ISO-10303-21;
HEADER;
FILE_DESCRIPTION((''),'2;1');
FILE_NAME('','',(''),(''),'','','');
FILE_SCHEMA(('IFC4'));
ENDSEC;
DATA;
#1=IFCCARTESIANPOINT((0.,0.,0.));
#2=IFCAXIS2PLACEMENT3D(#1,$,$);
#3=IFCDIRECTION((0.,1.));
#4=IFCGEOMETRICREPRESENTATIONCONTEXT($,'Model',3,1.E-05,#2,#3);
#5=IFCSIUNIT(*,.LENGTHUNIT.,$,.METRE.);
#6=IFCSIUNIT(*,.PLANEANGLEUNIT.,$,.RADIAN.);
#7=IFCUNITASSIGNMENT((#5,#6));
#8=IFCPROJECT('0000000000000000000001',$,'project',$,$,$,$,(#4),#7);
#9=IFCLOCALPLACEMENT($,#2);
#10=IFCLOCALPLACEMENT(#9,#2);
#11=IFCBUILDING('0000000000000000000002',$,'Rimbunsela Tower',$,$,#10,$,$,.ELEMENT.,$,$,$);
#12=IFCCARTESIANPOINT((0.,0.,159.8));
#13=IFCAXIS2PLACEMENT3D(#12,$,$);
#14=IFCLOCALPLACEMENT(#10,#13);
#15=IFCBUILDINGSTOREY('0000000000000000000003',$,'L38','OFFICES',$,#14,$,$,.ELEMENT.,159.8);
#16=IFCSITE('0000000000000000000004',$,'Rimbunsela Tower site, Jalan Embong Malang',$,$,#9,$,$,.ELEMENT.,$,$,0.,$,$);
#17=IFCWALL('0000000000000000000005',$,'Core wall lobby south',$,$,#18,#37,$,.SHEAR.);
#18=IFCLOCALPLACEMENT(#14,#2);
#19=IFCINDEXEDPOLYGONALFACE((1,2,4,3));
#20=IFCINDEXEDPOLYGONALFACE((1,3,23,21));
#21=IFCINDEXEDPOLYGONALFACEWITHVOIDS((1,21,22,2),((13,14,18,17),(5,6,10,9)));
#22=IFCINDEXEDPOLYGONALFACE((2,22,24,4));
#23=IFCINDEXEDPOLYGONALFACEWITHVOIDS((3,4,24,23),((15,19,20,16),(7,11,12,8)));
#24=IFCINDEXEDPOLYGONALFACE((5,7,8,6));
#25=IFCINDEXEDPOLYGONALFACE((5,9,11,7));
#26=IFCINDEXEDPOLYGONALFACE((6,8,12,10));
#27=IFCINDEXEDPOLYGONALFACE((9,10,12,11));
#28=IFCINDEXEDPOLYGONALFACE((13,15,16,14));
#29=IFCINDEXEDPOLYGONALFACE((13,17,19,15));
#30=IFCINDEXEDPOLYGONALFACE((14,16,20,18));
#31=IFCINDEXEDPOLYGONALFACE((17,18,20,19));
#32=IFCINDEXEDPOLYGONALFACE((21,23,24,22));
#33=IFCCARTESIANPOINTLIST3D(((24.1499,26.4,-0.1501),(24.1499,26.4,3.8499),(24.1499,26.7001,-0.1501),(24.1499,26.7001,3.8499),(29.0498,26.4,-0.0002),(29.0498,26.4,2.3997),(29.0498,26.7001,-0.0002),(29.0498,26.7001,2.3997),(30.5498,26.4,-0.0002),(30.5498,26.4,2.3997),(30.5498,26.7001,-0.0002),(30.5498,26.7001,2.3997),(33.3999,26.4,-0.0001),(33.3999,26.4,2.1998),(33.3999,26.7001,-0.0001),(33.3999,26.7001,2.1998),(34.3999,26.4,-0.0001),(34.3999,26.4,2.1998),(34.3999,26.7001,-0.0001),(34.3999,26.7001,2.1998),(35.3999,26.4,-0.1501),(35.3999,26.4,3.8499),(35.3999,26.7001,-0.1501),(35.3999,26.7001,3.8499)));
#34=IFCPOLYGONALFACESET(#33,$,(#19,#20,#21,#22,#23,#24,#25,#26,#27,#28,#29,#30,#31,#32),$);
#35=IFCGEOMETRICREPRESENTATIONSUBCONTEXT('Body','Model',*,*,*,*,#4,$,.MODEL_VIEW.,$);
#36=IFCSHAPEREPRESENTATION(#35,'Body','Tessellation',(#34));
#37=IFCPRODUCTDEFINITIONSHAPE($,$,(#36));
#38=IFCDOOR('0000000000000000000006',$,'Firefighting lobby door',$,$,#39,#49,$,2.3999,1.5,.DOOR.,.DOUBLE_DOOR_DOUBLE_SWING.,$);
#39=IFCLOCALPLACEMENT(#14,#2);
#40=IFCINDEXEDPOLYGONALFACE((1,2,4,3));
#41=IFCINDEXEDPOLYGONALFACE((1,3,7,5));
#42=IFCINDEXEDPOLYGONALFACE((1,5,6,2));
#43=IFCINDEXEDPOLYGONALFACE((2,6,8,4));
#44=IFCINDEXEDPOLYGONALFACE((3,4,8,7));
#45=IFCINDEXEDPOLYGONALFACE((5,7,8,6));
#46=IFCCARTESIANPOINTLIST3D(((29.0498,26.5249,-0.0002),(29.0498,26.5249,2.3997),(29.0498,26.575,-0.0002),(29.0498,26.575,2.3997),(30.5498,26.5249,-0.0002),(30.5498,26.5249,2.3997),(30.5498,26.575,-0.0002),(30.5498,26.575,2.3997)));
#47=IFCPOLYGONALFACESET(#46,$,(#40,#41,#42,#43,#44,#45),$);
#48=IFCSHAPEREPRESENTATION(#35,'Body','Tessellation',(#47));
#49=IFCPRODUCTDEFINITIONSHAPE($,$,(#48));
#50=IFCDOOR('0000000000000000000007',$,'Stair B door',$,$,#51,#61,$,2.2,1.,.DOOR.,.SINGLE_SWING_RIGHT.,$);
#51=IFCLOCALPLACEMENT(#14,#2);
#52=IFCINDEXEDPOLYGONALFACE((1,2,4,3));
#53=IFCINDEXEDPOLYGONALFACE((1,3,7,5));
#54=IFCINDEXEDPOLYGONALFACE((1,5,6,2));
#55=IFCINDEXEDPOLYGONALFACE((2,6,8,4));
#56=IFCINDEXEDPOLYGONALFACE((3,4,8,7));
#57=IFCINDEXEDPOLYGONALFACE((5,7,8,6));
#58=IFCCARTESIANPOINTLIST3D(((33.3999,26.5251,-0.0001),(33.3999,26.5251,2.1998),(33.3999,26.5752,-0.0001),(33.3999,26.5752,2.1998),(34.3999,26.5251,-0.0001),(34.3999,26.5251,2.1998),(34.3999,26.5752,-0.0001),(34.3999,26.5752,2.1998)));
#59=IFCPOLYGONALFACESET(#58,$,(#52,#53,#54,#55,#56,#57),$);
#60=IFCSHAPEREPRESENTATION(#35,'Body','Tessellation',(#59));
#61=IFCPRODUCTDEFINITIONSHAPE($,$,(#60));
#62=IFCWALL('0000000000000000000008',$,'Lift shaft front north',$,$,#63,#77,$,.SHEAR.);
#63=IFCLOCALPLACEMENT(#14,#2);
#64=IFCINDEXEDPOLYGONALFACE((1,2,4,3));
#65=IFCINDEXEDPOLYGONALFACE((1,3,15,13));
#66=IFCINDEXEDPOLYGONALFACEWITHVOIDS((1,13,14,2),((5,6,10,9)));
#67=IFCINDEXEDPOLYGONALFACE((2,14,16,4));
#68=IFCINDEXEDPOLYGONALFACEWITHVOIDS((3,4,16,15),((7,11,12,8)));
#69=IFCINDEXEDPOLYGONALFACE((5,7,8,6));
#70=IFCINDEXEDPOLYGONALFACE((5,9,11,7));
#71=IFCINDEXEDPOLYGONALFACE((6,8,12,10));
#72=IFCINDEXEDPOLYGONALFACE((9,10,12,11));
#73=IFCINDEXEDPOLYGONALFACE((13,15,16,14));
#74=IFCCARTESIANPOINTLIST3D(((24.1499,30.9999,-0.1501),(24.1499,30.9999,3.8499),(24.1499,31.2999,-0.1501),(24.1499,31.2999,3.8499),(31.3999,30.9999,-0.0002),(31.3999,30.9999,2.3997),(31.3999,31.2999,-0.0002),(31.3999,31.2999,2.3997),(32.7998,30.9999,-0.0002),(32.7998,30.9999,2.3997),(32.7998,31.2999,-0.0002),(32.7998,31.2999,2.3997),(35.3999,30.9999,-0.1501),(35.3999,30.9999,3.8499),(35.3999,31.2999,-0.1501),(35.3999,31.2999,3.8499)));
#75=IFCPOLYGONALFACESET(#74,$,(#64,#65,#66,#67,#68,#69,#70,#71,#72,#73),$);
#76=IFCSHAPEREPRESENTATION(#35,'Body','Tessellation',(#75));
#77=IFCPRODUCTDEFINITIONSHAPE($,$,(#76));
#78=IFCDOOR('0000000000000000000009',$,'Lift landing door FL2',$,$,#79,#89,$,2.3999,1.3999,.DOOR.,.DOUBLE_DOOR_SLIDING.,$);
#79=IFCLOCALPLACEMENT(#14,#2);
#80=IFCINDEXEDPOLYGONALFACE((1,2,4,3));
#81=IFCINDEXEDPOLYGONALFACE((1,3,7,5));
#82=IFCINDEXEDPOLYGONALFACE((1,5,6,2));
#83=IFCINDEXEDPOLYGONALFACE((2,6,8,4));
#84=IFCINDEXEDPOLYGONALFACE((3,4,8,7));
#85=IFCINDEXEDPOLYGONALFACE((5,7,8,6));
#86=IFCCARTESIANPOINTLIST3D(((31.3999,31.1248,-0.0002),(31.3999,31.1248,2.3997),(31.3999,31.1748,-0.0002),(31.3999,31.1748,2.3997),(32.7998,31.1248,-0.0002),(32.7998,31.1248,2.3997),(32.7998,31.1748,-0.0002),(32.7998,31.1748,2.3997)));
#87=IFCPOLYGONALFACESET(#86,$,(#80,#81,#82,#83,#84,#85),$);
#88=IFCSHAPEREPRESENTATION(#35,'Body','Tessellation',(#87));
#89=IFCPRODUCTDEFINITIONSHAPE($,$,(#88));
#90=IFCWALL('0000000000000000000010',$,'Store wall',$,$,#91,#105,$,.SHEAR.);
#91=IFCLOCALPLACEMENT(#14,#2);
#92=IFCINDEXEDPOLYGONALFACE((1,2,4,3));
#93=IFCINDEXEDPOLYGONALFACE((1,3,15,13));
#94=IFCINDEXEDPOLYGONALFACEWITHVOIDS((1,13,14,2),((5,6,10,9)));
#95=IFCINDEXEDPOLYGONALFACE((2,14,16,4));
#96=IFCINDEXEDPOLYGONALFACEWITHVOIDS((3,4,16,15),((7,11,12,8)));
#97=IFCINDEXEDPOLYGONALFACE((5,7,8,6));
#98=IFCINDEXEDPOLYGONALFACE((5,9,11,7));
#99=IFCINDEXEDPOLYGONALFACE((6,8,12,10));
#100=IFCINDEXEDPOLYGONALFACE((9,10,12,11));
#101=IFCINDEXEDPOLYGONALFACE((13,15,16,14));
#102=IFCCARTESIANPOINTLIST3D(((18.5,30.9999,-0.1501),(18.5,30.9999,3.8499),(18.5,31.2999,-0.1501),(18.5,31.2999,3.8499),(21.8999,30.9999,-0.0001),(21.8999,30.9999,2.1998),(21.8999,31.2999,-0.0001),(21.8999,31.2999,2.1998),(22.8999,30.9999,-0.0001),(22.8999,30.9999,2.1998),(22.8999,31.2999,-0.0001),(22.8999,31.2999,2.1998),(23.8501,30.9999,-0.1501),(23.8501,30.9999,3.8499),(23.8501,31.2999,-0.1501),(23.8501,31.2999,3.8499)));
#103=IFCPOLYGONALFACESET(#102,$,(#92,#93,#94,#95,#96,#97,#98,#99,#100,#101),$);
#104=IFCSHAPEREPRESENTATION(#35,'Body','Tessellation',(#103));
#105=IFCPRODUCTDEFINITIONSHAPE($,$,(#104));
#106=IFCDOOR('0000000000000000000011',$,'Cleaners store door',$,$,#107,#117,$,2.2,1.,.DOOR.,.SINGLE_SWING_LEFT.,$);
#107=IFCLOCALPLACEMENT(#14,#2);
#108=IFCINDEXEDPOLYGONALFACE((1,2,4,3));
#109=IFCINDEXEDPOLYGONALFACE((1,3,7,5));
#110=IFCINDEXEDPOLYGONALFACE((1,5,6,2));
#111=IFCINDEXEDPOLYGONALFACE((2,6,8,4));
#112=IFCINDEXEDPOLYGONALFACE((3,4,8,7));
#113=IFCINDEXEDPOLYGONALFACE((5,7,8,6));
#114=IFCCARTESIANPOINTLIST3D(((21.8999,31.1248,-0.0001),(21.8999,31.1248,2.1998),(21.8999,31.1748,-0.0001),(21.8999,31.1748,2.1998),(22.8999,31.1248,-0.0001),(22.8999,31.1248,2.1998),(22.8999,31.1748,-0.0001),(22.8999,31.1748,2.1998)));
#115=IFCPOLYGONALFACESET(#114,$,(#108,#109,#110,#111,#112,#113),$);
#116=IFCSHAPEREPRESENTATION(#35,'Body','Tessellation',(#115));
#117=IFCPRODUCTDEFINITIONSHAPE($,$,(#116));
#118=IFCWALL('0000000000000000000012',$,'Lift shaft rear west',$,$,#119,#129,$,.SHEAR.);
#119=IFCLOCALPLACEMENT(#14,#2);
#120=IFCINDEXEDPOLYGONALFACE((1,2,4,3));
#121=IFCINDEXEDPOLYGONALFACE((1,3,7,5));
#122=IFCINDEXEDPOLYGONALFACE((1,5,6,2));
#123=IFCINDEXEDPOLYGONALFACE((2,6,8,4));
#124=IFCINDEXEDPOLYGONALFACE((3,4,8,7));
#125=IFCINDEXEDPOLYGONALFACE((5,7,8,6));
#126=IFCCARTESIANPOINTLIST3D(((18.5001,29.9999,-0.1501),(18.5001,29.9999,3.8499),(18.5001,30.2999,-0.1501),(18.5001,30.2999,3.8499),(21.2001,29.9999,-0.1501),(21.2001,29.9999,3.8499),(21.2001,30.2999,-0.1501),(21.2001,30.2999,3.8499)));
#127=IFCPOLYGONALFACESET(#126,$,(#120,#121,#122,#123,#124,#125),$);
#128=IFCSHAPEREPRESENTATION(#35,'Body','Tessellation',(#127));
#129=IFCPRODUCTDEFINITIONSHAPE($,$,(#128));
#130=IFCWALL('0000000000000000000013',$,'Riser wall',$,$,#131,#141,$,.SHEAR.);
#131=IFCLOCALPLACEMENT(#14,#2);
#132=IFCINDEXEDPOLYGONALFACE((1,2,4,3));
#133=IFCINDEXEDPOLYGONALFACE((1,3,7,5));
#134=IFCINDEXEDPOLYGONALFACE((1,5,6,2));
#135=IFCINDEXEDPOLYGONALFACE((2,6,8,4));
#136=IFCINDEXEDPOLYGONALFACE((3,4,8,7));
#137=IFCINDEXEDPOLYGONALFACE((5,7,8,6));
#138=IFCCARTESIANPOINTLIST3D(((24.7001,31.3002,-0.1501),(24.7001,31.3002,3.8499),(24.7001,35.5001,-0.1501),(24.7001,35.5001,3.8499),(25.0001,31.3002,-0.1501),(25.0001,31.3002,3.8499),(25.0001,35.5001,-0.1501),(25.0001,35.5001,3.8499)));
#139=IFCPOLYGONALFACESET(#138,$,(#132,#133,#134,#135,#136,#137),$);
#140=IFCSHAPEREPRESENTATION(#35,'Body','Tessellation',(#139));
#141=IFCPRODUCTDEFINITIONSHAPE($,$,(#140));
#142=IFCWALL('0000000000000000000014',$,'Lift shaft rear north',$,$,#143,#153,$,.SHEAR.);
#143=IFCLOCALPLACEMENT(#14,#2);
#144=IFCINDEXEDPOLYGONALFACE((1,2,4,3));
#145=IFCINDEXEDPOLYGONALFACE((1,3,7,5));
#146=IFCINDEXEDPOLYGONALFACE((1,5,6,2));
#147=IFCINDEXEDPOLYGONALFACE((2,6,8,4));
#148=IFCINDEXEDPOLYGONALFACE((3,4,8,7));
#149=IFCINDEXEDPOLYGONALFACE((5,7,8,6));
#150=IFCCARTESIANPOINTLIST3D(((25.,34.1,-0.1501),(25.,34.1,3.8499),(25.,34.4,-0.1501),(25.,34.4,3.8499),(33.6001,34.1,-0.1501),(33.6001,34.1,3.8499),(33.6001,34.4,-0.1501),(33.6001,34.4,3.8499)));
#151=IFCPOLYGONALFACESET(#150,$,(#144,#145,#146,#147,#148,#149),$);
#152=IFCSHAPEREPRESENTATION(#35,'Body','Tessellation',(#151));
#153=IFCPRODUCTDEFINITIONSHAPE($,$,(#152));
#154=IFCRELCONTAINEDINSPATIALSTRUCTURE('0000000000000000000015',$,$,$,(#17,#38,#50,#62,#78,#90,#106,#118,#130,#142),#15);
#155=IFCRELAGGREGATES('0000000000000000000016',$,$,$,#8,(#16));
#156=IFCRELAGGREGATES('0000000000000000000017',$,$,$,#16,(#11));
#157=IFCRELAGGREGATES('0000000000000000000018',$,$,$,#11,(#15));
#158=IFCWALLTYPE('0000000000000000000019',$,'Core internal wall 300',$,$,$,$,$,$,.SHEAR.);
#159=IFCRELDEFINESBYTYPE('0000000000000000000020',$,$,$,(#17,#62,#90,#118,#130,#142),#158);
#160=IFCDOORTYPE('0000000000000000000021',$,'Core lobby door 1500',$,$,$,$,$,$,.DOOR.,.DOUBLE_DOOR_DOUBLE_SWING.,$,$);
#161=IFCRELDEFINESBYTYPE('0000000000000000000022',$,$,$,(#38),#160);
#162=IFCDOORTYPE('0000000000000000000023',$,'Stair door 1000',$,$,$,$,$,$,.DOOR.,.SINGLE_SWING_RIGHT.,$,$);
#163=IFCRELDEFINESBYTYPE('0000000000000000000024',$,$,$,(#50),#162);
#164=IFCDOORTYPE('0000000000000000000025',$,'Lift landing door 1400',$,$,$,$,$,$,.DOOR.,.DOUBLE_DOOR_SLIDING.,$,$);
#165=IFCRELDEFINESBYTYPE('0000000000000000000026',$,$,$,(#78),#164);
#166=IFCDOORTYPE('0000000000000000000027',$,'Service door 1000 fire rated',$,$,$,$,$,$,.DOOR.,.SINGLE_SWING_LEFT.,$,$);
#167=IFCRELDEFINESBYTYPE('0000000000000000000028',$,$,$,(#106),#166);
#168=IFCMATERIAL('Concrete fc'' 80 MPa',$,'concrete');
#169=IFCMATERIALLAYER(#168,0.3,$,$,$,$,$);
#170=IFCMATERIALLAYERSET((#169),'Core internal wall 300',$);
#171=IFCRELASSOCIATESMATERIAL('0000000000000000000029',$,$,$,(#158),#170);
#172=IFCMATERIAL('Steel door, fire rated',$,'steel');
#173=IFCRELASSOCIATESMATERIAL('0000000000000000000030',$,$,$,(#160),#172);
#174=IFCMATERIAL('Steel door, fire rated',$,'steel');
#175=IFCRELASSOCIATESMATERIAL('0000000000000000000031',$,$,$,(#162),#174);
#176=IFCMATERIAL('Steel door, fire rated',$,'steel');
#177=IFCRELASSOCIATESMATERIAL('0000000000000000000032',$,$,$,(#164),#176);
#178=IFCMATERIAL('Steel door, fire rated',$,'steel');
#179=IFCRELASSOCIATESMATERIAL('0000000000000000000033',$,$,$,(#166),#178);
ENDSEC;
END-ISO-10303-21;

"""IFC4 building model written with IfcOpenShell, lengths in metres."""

from ifc_helpers import new_model, si_unit, direction, frame, frame_2d, origin, place, context, subcontext, project, spatial, rectangle, extrude, material, layer, layer_set, type_object, element, fill, save


model = new_model("IFC4")

# Units and contexts
model_context = context("Model", 3, precision=1e-05, world=origin(), true_north=direction((0.0, 1.0)))
body_context = subcontext(model_context, "Body", "Model", "MODEL_VIEW")
ifc_project = project(units=[si_unit("LENGTHUNIT", "METRE"), si_unit("PLANEANGLEUNIT", "RADIAN")], contexts=[model_context])

# Site, building, storey
site_placement = place(None, origin())
site = spatial("IfcSite", under=ifc_project, at=site_placement, Name="Rimbunsela Tower site, Jalan Embong Malang", CompositionType="ELEMENT", RefElevation=0.0)
building_placement = place(site_placement, origin())
building = spatial("IfcBuilding", under=site, at=building_placement, Name="Rimbunsela Tower", CompositionType="ELEMENT")
storey_placement = place(building_placement, frame((0.0, 0.0, 159.8)))
storey = spatial("IfcBuildingStorey", under=building, at=storey_placement, Name="L38", Description="OFFICES", CompositionType="ELEMENT", Elevation=159.8)

# Wall, openings, doors
ifc_material_1 = material(Name="Concrete fc' 80 MPa", Category="concrete")
ifc_layer_1 = layer(ifc_material_1, 0.3)
ifc_layer_set_1 = layer_set([ifc_layer_1], Name="Core internal wall 300")
wall_type_1 = type_object("IfcWallType", Name="Core internal wall 300", PredefinedType="SHEAR", material=ifc_layer_set_1)
wall_1_placement = place(storey_placement, frame((24.1499, 26.55, -0.1501), z_axis=(0.0, 0.0, 1.0), x_axis=(1.0, 0.0, 0.0)))
wall_1 = element("IfcWall", 1, at=wall_1_placement, inside=storey, type_object=wall_type_1, Name="Core wall lobby south", PredefinedType="SHEAR", context=body_context, shape_type="SweptSolid", body=[
    extrude(rectangle(XDim=11.25, YDim=0.3, at=frame_2d((5.625, 0.0))), origin(), (0.0, 0.0, 1.0), 4.0),
])
opening_1_placement = place(wall_1_placement, frame((9.25, 0.0, 0.1499)))
opening_1 = element("IfcOpeningElement", 2, at=opening_1_placement, cuts=wall_1, PredefinedType="OPENING", context=body_context, shape_type="SweptSolid", body=[
    extrude(rectangle(XDim=1.0, YDim=2.2, at=frame_2d((0.5, 1.1001))), frame((0.0, 0.1599, 0.0), z_axis=(0.0, -1.0, 0.0), x_axis=(1.0, 0.0, 0.0)), (0.0, 0.0, 1.0), 0.3201),
])
opening_2_placement = place(wall_1_placement, frame((4.8999, 0.0, 0.1499)))
opening_2 = element("IfcOpeningElement", 3, at=opening_2_placement, cuts=wall_1, PredefinedType="OPENING", context=body_context, shape_type="SweptSolid", body=[
    extrude(rectangle(XDim=1.5, YDim=2.3999, at=frame_2d((0.75, 1.2))), frame((0.0, 0.1599, 0.0), z_axis=(0.0, -1.0, 0.0), x_axis=(1.0, 0.0, 0.0)), (0.0, 0.0, 1.0), 0.3201),
])
ifc_material_2 = material(Name="Steel door, fire rated", Category="steel")
door_type_1 = type_object("IfcDoorType", Name="Core lobby door 1500", OperationType="DOUBLE_DOOR_DOUBLE_SWING", PredefinedType="DOOR", material=ifc_material_2)
door_1_placement = place(opening_2_placement, origin())
door_1 = element("IfcDoor", 4, at=door_1_placement, inside=storey, type_object=door_type_1, Name="Firefighting lobby door", OperationType="DOUBLE_DOOR_DOUBLE_SWING", OverallHeight=2.3999, OverallWidth=1.5, PredefinedType="DOOR", context=body_context, shape_type="SweptSolid", body=[
    extrude(rectangle(XDim=1.5, YDim=2.3999, at=frame_2d((0.75, 1.2))), frame((0.0, 0.0249, 0.0), z_axis=(0.0, -1.0, 0.0), x_axis=(1.0, 0.0, 0.0)), (0.0, 0.0, 1.0), 0.05),
])
fill(opening_2, door_1)
ifc_material_3 = material(Name="Steel door, fire rated", Category="steel")
door_type_2 = type_object("IfcDoorType", Name="Stair door 1000", OperationType="SINGLE_SWING_RIGHT", PredefinedType="DOOR", material=ifc_material_3)
door_2_placement = place(opening_1_placement, frame((1.0, 0.0, 0.0), z_axis=(0.0, 0.0, 1.0), x_axis=(-1.0, 0.0, 0.0)))
door_2 = element("IfcDoor", 5, at=door_2_placement, inside=storey, type_object=door_type_2, Name="Stair B door", OperationType="SINGLE_SWING_RIGHT", OverallHeight=2.2, OverallWidth=1.0, PredefinedType="DOOR", context=body_context, shape_type="SweptSolid", body=[
    extrude(rectangle(XDim=1.0, YDim=2.2, at=frame_2d((0.5, 1.1001))), frame((0.0, 0.0249, 0.0), z_axis=(0.0, -1.0, 0.0), x_axis=(1.0, 0.0, 0.0)), (0.0, 0.0, 1.0), 0.05),
])
fill(opening_1, door_2)

# Walls, openings, doors
wall_2_placement = place(storey_placement, frame((24.1499, 31.1499, -0.1501), z_axis=(0.0, 0.0, 1.0), x_axis=(1.0, 0.0, 0.0)))
wall_2 = element("IfcWall", 6, at=wall_2_placement, inside=storey, type_object=wall_type_1, Name="Lift shaft front north", PredefinedType="SHEAR", context=body_context, shape_type="SweptSolid", body=[
    extrude(rectangle(XDim=11.25, YDim=0.3, at=frame_2d((5.625, 0.0))), origin(), (0.0, 0.0, 1.0), 4.0),
])
opening_3_placement = place(wall_2_placement, frame((7.25, 0.0, 0.1499)))
opening_3 = element("IfcOpeningElement", 7, at=opening_3_placement, cuts=wall_2, PredefinedType="OPENING", context=body_context, shape_type="SweptSolid", body=[
    extrude(rectangle(XDim=1.3999, YDim=2.3999, at=frame_2d((0.7, 1.2))), frame((0.0, 0.1599, 0.0), z_axis=(0.0, -1.0, 0.0), x_axis=(1.0, 0.0, 0.0)), (0.0, 0.0, 1.0), 0.3201),
])
ifc_material_4 = material(Name="Steel door, fire rated", Category="steel")
door_type_3 = type_object("IfcDoorType", Name="Lift landing door 1400", OperationType="DOUBLE_DOOR_SLIDING", PredefinedType="DOOR", material=ifc_material_4)
door_3_placement = place(opening_3_placement, origin())
door_3 = element("IfcDoor", 8, at=door_3_placement, inside=storey, type_object=door_type_3, Name="Lift landing door FL2", OperationType="DOUBLE_DOOR_SLIDING", OverallHeight=2.3999, OverallWidth=1.3999, PredefinedType="DOOR", context=body_context, shape_type="SweptSolid", body=[
    extrude(rectangle(XDim=1.3999, YDim=2.3999, at=frame_2d((0.7, 1.2))), frame((0.0, 0.0249, 0.0), z_axis=(0.0, -1.0, 0.0), x_axis=(1.0, 0.0, 0.0)), (0.0, 0.0, 1.0), 0.05),
])
fill(opening_3, door_3)
wall_3_placement = place(storey_placement, frame((18.5, 31.1499, -0.1501), z_axis=(0.0, 0.0, 1.0), x_axis=(1.0, 0.0, 0.0)))
wall_3 = element("IfcWall", 9, at=wall_3_placement, inside=storey, type_object=wall_type_1, Name="Store wall", PredefinedType="SHEAR", context=body_context, shape_type="SweptSolid", body=[
    extrude(rectangle(XDim=5.3501, YDim=0.3, at=frame_2d((2.675, 0.0))), origin(), (0.0, 0.0, 1.0), 4.0),
])
opening_4_placement = place(wall_3_placement, frame((3.3999, 0.0, 0.1499)))
opening_4 = element("IfcOpeningElement", 10, at=opening_4_placement, cuts=wall_3, PredefinedType="OPENING", context=body_context, shape_type="SweptSolid", body=[
    extrude(rectangle(XDim=1.0, YDim=2.2, at=frame_2d((0.5, 1.1001))), frame((0.0, 0.1599, 0.0), z_axis=(0.0, -1.0, 0.0), x_axis=(1.0, 0.0, 0.0)), (0.0, 0.0, 1.0), 0.3201),
])
ifc_material_5 = material(Name="Steel door, fire rated", Category="steel")
door_type_4 = type_object("IfcDoorType", Name="Service door 1000 fire rated", OperationType="SINGLE_SWING_LEFT", PredefinedType="DOOR", material=ifc_material_5)
door_4_placement = place(opening_4_placement, origin())
door_4 = element("IfcDoor", 11, at=door_4_placement, inside=storey, type_object=door_type_4, Name="Cleaners store door", OperationType="SINGLE_SWING_LEFT", OverallHeight=2.2, OverallWidth=1.0, PredefinedType="DOOR", context=body_context, shape_type="SweptSolid", body=[
    extrude(rectangle(XDim=1.0, YDim=2.2, at=frame_2d((0.5, 1.1001))), frame((0.0, 0.0249, 0.0), z_axis=(0.0, -1.0, 0.0), x_axis=(1.0, 0.0, 0.0)), (0.0, 0.0, 1.0), 0.05),
])
fill(opening_4, door_4)

# Walls
wall_4_placement = place(storey_placement, frame((18.5, 30.1499, -0.1501), z_axis=(0.0, 0.0, 1.0), x_axis=(1.0, 0.0, 0.0)))
element("IfcWall", 12, at=wall_4_placement, inside=storey, type_object=wall_type_1, Name="Lift shaft rear west", PredefinedType="SHEAR", context=body_context, shape_type="SweptSolid", body=[
    extrude(rectangle(XDim=2.7, YDim=0.3, at=frame_2d((1.3501, 0.0))), origin(), (0.0, 0.0, 1.0), 4.0),
])
wall_5_placement = place(storey_placement, frame((24.8501, 31.3, -0.1501), z_axis=(0.0, 0.0, 1.0), x_axis=(0.0, 1.0, 0.0)))
element("IfcWall", 13, at=wall_5_placement, inside=storey, type_object=wall_type_1, Name="Riser wall", PredefinedType="SHEAR", context=body_context, shape_type="SweptSolid", body=[
    extrude(rectangle(XDim=4.2, YDim=0.3, at=frame_2d((2.1001, 0.0))), origin(), (0.0, 0.0, 1.0), 4.0),
])
wall_6_placement = place(storey_placement, frame((25.0, 34.25, -0.1501), z_axis=(0.0, 0.0, 1.0), x_axis=(1.0, 0.0, 0.0)))
element("IfcWall", 14, at=wall_6_placement, inside=storey, type_object=wall_type_1, Name="Lift shaft rear north", PredefinedType="SHEAR", context=body_context, shape_type="SweptSolid", body=[
    extrude(rectangle(XDim=8.6001, YDim=0.3, at=frame_2d((4.3, 0.0))), origin(), (0.0, 0.0, 1.0), 4.0),
])

save(model, "model.ifc")
